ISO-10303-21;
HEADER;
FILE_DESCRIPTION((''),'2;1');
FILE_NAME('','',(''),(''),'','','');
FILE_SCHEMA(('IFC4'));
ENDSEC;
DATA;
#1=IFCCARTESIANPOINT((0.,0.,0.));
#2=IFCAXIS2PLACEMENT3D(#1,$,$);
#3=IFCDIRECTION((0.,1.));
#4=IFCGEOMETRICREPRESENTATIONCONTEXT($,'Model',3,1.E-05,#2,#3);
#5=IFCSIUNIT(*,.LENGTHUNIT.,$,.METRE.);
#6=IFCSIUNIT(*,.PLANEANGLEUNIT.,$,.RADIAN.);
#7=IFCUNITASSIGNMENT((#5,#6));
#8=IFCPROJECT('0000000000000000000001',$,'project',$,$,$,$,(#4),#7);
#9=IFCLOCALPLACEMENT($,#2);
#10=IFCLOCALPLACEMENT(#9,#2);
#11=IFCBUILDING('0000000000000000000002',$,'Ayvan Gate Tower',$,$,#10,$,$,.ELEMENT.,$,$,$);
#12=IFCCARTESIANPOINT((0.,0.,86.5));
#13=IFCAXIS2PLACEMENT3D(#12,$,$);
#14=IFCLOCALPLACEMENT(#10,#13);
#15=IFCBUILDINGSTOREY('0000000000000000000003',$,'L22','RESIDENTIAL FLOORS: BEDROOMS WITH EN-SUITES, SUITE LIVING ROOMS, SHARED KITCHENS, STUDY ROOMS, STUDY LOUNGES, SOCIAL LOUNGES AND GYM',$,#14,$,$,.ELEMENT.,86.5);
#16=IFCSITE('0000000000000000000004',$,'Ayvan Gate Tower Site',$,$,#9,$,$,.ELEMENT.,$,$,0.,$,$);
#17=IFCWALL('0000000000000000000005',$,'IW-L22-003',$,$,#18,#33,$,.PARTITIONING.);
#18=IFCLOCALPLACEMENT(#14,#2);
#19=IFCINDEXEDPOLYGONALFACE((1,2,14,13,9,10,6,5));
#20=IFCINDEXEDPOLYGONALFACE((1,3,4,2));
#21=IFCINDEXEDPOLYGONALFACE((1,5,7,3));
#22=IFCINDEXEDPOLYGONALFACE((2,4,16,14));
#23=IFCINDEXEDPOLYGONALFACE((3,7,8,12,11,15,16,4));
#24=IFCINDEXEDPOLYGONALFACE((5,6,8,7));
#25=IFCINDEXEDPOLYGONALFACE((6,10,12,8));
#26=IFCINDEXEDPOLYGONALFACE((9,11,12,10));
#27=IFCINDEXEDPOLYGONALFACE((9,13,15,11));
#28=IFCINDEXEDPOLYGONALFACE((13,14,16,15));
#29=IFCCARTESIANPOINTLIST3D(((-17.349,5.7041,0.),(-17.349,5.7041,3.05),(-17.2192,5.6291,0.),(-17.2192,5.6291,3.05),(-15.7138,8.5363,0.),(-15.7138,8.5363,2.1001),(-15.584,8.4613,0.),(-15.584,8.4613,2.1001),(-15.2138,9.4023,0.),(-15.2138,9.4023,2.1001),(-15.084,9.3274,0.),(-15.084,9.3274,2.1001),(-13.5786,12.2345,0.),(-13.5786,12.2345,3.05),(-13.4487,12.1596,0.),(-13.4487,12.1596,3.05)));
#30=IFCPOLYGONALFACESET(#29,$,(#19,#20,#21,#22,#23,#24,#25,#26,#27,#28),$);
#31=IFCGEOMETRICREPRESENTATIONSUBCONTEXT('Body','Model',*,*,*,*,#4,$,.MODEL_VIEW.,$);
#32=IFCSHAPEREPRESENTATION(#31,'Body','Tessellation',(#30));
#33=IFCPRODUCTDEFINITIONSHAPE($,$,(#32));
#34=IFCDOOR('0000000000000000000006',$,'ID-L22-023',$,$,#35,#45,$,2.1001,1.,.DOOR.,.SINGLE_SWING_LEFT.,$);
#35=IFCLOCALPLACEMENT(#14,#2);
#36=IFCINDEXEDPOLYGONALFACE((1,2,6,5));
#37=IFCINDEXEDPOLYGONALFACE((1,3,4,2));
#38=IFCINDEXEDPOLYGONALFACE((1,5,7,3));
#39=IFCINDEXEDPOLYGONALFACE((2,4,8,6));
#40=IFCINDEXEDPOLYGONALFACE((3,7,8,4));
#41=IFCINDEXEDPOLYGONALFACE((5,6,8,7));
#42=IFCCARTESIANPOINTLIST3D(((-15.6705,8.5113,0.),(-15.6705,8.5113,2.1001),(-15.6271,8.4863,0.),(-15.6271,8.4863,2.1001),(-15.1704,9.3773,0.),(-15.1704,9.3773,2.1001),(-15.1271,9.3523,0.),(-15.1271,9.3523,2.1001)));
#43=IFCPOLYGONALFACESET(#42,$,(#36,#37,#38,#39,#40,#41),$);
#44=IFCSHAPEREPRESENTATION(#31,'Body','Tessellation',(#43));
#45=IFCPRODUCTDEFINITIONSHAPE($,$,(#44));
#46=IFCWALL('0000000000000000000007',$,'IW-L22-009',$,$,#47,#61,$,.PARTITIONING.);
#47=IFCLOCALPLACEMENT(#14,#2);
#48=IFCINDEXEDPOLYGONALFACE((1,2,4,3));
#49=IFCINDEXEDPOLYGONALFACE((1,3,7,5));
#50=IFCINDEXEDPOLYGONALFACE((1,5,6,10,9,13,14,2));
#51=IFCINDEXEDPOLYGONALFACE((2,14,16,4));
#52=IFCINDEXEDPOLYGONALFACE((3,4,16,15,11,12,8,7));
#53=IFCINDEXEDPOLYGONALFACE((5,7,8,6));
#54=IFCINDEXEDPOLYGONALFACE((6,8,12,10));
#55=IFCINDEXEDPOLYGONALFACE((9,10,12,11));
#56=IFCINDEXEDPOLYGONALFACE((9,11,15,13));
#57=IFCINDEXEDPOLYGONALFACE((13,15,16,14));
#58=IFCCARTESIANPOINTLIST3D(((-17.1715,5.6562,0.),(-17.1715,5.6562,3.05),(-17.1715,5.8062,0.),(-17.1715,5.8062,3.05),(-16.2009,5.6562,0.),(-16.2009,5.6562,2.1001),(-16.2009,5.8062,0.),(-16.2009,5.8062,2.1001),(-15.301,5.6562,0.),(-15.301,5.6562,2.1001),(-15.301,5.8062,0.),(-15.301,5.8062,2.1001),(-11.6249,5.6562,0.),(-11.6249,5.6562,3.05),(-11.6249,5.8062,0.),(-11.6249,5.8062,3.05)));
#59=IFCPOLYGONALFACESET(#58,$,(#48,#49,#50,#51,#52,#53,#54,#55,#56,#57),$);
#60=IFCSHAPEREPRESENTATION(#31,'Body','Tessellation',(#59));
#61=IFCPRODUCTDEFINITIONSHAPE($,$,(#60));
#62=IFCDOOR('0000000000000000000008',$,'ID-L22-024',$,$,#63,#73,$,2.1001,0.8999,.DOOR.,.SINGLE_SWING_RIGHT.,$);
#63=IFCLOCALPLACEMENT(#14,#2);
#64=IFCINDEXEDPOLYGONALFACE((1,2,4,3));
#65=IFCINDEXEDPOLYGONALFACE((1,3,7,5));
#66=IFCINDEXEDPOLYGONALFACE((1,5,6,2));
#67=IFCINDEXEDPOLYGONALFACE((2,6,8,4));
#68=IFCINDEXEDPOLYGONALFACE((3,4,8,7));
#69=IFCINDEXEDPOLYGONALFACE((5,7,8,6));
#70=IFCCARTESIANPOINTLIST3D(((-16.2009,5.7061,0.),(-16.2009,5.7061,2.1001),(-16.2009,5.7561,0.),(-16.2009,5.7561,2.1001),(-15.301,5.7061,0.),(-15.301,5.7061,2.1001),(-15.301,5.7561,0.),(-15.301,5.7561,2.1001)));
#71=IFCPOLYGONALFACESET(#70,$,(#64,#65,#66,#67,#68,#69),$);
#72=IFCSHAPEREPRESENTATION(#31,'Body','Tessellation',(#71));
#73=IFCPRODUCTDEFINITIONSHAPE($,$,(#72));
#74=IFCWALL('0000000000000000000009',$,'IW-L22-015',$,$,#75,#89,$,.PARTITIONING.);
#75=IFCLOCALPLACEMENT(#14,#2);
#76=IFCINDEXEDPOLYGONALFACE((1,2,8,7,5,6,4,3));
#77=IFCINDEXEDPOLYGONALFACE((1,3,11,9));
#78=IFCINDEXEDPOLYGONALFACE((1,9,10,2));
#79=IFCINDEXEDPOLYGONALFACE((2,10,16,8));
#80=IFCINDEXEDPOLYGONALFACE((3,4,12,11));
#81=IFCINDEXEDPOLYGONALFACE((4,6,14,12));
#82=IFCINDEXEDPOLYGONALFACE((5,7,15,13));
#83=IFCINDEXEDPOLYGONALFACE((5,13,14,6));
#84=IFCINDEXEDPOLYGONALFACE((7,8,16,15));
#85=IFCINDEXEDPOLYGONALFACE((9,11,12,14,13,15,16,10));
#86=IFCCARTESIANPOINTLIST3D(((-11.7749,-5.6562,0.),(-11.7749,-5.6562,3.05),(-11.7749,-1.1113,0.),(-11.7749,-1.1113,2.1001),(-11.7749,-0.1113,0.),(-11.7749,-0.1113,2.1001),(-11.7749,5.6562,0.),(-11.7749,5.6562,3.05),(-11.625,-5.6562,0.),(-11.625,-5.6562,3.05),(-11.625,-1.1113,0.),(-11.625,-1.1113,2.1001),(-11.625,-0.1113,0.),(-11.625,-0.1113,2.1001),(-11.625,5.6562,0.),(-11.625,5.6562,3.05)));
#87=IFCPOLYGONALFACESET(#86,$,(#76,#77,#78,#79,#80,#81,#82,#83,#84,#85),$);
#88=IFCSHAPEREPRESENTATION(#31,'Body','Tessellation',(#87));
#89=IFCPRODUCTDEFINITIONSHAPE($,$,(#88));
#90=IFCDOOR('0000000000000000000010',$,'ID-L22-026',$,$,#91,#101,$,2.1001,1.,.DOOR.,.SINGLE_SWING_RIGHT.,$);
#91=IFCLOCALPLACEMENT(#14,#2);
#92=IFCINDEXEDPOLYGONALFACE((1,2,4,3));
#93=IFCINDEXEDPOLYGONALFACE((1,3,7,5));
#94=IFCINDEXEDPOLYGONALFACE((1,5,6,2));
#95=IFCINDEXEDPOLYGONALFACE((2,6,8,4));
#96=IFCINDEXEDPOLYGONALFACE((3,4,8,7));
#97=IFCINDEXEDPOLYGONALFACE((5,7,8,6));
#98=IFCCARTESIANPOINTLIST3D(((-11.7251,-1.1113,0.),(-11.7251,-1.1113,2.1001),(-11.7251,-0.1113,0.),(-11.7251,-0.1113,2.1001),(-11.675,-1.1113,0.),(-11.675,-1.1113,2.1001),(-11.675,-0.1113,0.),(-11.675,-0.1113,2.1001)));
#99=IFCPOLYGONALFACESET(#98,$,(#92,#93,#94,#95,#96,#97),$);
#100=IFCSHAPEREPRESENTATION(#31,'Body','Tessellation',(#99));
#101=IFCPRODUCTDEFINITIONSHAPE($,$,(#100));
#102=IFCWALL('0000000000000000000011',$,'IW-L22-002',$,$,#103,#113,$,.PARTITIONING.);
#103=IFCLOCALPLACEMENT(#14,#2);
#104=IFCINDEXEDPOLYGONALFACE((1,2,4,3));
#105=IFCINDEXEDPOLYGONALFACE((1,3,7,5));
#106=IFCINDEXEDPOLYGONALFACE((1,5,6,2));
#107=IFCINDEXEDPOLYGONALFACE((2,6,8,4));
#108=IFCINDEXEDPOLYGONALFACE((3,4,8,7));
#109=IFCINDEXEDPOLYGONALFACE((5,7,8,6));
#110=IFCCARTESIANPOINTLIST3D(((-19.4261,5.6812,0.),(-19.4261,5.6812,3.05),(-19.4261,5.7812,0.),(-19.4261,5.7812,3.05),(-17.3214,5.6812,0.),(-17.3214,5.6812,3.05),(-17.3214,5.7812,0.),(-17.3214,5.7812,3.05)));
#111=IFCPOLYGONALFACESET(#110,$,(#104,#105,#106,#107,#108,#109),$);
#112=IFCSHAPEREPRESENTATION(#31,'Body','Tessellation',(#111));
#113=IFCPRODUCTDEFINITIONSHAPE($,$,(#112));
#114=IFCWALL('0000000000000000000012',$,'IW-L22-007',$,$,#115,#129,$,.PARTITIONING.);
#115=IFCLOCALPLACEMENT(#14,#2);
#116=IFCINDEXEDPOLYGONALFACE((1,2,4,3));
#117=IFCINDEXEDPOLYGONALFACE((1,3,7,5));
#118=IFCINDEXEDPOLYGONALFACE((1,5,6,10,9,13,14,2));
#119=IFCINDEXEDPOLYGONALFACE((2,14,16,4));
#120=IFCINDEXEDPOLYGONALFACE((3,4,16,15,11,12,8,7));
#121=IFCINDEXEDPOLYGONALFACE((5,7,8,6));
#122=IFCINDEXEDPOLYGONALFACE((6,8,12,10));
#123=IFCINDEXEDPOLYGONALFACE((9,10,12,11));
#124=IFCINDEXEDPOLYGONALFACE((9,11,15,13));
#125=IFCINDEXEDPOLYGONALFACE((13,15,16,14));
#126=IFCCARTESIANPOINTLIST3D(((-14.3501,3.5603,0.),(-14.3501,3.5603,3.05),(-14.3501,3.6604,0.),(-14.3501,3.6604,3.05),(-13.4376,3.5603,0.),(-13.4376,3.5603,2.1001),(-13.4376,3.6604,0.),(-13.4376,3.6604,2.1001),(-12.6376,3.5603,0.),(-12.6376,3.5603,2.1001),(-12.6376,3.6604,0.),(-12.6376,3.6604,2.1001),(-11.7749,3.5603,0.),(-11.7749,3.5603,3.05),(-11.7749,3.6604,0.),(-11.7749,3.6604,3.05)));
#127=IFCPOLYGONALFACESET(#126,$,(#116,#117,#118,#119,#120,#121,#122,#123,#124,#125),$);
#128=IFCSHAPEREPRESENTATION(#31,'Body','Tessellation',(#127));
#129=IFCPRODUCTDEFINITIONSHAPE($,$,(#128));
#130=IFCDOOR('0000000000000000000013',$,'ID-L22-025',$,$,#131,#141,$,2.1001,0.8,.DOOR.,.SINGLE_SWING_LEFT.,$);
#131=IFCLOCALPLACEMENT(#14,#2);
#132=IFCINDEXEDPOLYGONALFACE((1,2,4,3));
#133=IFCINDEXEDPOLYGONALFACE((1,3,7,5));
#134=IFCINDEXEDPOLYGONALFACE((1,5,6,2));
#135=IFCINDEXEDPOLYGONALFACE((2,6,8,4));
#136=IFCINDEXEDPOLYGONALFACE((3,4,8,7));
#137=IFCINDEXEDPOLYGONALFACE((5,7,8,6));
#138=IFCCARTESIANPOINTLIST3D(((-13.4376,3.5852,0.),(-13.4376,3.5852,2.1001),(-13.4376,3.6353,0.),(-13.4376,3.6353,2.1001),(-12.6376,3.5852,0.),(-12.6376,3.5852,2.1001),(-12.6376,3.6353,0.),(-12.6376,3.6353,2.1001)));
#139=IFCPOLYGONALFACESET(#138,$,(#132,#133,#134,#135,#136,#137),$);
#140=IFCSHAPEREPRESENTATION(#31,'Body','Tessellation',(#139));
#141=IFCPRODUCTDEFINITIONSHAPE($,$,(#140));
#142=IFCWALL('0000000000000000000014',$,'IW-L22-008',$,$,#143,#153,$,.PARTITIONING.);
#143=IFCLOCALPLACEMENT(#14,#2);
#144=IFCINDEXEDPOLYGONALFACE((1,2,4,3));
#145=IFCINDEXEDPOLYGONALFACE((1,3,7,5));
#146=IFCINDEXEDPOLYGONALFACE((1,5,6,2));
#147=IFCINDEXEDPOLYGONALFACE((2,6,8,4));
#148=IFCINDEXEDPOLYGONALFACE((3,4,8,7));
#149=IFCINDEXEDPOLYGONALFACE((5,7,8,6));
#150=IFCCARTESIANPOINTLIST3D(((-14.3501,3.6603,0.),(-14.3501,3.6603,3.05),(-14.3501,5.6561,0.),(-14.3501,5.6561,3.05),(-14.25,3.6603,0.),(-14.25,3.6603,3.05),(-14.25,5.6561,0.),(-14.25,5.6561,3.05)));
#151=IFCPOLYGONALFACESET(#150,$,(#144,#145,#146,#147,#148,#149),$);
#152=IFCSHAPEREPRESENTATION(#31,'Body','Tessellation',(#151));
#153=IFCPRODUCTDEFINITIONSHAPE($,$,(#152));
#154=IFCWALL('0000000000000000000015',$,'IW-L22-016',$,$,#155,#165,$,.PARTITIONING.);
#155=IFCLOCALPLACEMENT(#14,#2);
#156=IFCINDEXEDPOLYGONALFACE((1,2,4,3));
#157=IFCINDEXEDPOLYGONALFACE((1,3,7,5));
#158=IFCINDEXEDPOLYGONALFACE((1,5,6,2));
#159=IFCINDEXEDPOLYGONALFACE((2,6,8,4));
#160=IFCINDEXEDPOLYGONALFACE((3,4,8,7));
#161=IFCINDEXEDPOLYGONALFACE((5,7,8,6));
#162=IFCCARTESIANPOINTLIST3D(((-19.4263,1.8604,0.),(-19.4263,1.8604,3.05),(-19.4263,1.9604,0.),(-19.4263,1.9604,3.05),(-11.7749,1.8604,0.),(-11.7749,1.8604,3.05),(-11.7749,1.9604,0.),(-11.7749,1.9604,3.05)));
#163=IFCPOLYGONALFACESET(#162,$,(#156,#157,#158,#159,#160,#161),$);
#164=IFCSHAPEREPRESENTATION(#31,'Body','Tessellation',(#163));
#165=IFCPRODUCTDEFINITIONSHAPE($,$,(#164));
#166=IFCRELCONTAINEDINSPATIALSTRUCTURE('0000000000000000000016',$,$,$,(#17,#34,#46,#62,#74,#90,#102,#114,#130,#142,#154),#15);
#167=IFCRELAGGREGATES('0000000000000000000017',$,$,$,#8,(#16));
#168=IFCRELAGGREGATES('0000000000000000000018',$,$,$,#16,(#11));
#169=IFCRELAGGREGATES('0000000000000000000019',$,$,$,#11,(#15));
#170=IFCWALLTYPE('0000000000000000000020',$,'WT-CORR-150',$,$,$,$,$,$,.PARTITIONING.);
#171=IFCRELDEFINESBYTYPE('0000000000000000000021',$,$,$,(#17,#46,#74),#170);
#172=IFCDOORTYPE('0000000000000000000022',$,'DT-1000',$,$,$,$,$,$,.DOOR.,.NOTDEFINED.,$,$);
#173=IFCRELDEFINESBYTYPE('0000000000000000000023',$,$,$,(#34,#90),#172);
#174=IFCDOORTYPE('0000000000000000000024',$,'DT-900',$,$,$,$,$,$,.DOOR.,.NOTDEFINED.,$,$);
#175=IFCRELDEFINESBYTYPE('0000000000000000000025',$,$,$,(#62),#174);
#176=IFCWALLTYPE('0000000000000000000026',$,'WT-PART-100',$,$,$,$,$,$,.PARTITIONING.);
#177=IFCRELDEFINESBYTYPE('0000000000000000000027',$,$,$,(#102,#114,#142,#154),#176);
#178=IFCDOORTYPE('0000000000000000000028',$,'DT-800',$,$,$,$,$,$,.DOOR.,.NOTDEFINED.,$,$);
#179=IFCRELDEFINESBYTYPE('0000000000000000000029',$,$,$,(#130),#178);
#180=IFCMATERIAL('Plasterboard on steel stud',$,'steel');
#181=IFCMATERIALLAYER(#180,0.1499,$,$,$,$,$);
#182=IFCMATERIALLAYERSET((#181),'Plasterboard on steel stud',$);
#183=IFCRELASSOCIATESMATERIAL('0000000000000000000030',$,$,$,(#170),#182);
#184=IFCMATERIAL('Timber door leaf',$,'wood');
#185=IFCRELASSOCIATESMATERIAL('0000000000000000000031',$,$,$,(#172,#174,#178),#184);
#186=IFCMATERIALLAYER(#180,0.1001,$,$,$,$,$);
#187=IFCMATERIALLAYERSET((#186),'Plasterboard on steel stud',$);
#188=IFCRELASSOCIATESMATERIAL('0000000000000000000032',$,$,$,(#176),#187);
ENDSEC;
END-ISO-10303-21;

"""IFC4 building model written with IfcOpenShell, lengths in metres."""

from ifc_helpers import new_model, si_unit, direction, frame, frame_2d, origin, place, context, subcontext, project, spatial, rectangle, extrude, material, layer, layer_set, type_object, element, fill, save


model = new_model("IFC4")

# Units and contexts
model_context = context("Model", 3, precision=1e-05, world=origin(), true_north=direction((0.0, 1.0)))
body_context = subcontext(model_context, "Body", "Model", "MODEL_VIEW")
ifc_project = project(units=[si_unit("LENGTHUNIT", "METRE"), si_unit("PLANEANGLEUNIT", "RADIAN")], contexts=[model_context])

# Site, building, storey
site_placement = place(None, origin())
site = spatial("IfcSite", under=ifc_project, at=site_placement, Name="Ayvan Gate Tower Site", CompositionType="ELEMENT", RefElevation=0.0)
building_placement = place(site_placement, origin())
building = spatial("IfcBuilding", under=site, at=building_placement, Name="Ayvan Gate Tower", CompositionType="ELEMENT")
storey_placement = place(building_placement, frame((0.0, 0.0, 86.5)))
storey = spatial("IfcBuildingStorey", under=building, at=storey_placement, Name="L22", Description="RESIDENTIAL FLOORS: BEDROOMS WITH EN-SUITES, SUITE LIVING ROOMS, SHARED KITCHENS, STUDY ROOMS, STUDY LOUNGES, SOCIAL LOUNGES AND GYM", CompositionType="ELEMENT", Elevation=86.5)

# Walls, openings, doors
ifc_material_1 = material(Name="Plasterboard on steel stud", Category="steel")
ifc_layer_1 = layer(ifc_material_1, 0.1499)
ifc_layer_set_1 = layer_set([ifc_layer_1], Name="Plasterboard on steel stud")
wall_type_1 = type_object("IfcWallType", Name="WT-CORR-150", PredefinedType="PARTITIONING", material=ifc_layer_set_1)
wall_1_placement = place(storey_placement, frame((-17.2842, 5.6665, 0.0), z_axis=(0.0, 0.0, 1.0), x_axis=(0.500011, 0.866019, 0.0)))
wall_1 = element("IfcWall", 1, at=wall_1_placement, inside=storey, type_object=wall_type_1, Name="IW-L22-003", PredefinedType="PARTITIONING", context=body_context, shape_type="SweptSolid", body=[
    extrude(rectangle(XDim=7.5408, YDim=0.1499, at=frame_2d((3.7705, 0.0))), origin(), (0.0, 0.0, 1.0), 3.05),
])
opening_1_placement = place(wall_1_placement, frame((3.2705, 0.0, 0.0)))
opening_1 = element("IfcOpeningElement", 2, at=opening_1_placement, cuts=wall_1, PredefinedType="OPENING", context=body_context, shape_type="SweptSolid", body=[
    extrude(rectangle(XDim=1.0, YDim=2.1001, at=frame_2d((0.5, 1.05))), frame((0.0, 0.085, 0.0), z_axis=(0.0, -1.0, 0.0), x_axis=(1.0, 0.0, 0.0)), (0.0, 0.0, 1.0), 0.1699),
])
ifc_material_2 = material(Name="Timber door leaf", Category="wood")
door_type_1 = type_object("IfcDoorType", Name="DT-1000", OperationType="NOTDEFINED", PredefinedType="DOOR", material=ifc_material_2)
door_1_placement = place(opening_1_placement, origin())
door_1 = element("IfcDoor", 3, at=door_1_placement, inside=storey, type_object=door_type_1, Name="ID-L22-023", OperationType="SINGLE_SWING_LEFT", OverallHeight=2.1001, OverallWidth=1.0, PredefinedType="DOOR", context=body_context, shape_type="SweptSolid", body=[
    extrude(rectangle(XDim=1.0, YDim=2.1001, at=frame_2d((0.5, 1.05))), frame((0.0, 0.0249, 0.0), z_axis=(0.0, -1.0, 0.0), x_axis=(1.0, 0.0, 0.0)), (0.0, 0.0, 1.0), 0.05),
])
fill(opening_1, door_1)
wall_2_placement = place(storey_placement, frame((-17.1716, 5.7312, 0.0), z_axis=(0.0, 0.0, 1.0), x_axis=(1.0, 0.0, 0.0)))
wall_2 = element("IfcWall", 4, at=wall_2_placement, inside=storey, type_object=wall_type_1, Name="IW-L22-009", PredefinedType="PARTITIONING", context=body_context, shape_type="SweptSolid", body=[
    extrude(rectangle(XDim=5.5466, YDim=0.1499, at=frame_2d((2.7734, 0.0))), origin(), (0.0, 0.0, 1.0), 3.05),
])
opening_2_placement = place(wall_2_placement, frame((0.9707, 0.0, 0.0)))
opening_2 = element("IfcOpeningElement", 5, at=opening_2_placement, cuts=wall_2, PredefinedType="OPENING", context=body_context, shape_type="SweptSolid", body=[
    extrude(rectangle(XDim=0.8999, YDim=2.1001, at=frame_2d((0.45, 1.05))), frame((0.0, 0.085, 0.0), z_axis=(0.0, -1.0, 0.0), x_axis=(1.0, 0.0, 0.0)), (0.0, 0.0, 1.0), 0.1699),
])
door_type_2 = type_object("IfcDoorType", Name="DT-900", OperationType="NOTDEFINED", PredefinedType="DOOR", material=ifc_material_2)
door_2_placement = place(opening_2_placement, origin())
door_2 = element("IfcDoor", 6, at=door_2_placement, inside=storey, type_object=door_type_2, Name="ID-L22-024", OperationType="SINGLE_SWING_RIGHT", OverallHeight=2.1001, OverallWidth=0.8999, PredefinedType="DOOR", context=body_context, shape_type="SweptSolid", body=[
    extrude(rectangle(XDim=0.8999, YDim=2.1001, at=frame_2d((0.45, 1.05))), frame((0.0, 0.0249, 0.0), z_axis=(0.0, -1.0, 0.0), x_axis=(1.0, 0.0, 0.0)), (0.0, 0.0, 1.0), 0.05),
])
fill(opening_2, door_2)
wall_3_placement = place(storey_placement, frame((-11.7, 5.6562, 0.0), z_axis=(0.0, 0.0, 1.0), x_axis=(0.0, -1.0, 0.0)))
wall_3 = element("IfcWall", 7, at=wall_3_placement, inside=storey, type_object=wall_type_1, Name="IW-L22-015", PredefinedType="PARTITIONING", context=body_context, shape_type="SweptSolid", body=[
    extrude(rectangle(XDim=11.3125, YDim=0.1499, at=frame_2d((5.6562, 0.0))), origin(), (0.0, 0.0, 1.0), 3.05),
])
opening_3_placement = place(wall_3_placement, frame((5.7676, 0.0, 0.0)))
opening_3 = element("IfcOpeningElement", 8, at=opening_3_placement, cuts=wall_3, PredefinedType="OPENING", context=body_context, shape_type="SweptSolid", body=[
    extrude(rectangle(XDim=1.0, YDim=2.1001, at=frame_2d((0.5, 1.05))), frame((0.0, 0.085, 0.0), z_axis=(0.0, -1.0, 0.0), x_axis=(1.0, 0.0, 0.0)), (0.0, 0.0, 1.0), 0.1699),
])
door_3_placement = place(opening_3_placement, origin())
door_3 = element("IfcDoor", 9, at=door_3_placement, inside=storey, type_object=door_type_1, Name="ID-L22-026", OperationType="SINGLE_SWING_RIGHT", OverallHeight=2.1001, OverallWidth=1.0, PredefinedType="DOOR", context=body_context, shape_type="SweptSolid", body=[
    extrude(rectangle(XDim=1.0, YDim=2.1001, at=frame_2d((0.5, 1.05))), frame((0.0, 0.0249, 0.0), z_axis=(0.0, -1.0, 0.0), x_axis=(1.0, 0.0, 0.0)), (0.0, 0.0, 1.0), 0.05),
])
fill(opening_3, door_3)

# Wall
ifc_layer_2 = layer(ifc_material_1, 0.1001)
ifc_layer_set_2 = layer_set([ifc_layer_2], Name="Plasterboard on steel stud")
wall_type_2 = type_object("IfcWallType", Name="WT-PART-100", PredefinedType="PARTITIONING", material=ifc_layer_set_2)
wall_4_placement = place(storey_placement, frame((-17.3215, 5.7312, 0.0), z_axis=(0.0, 0.0, 1.0), x_axis=(-1.0, 0.0, 0.0)))
element("IfcWall", 10, at=wall_4_placement, inside=storey, type_object=wall_type_2, Name="IW-L22-002", PredefinedType="PARTITIONING", context=body_context, shape_type="SweptSolid", body=[
    extrude(rectangle(XDim=2.1047, YDim=0.1001, at=frame_2d((1.0522, 0.0))), origin(), (0.0, 0.0, 1.0), 3.05),
])

# Wall, opening, door
wall_5_placement = place(storey_placement, frame((-14.3501, 3.6104, 0.0), z_axis=(0.0, 0.0, 1.0), x_axis=(1.0, 0.0, 0.0)))
wall_5 = element("IfcWall", 11, at=wall_5_placement, inside=storey, type_object=wall_type_2, Name="IW-L22-007", PredefinedType="PARTITIONING", context=body_context, shape_type="SweptSolid", body=[
    extrude(rectangle(XDim=2.5752, YDim=0.1001, at=frame_2d((1.2876, 0.0))), origin(), (0.0, 0.0, 1.0), 3.05),
])
opening_4_placement = place(wall_5_placement, frame((0.9126, 0.0, 0.0)))
opening_4 = element("IfcOpeningElement", 12, at=opening_4_placement, cuts=wall_5, PredefinedType="OPENING", context=body_context, shape_type="SweptSolid", body=[
    extrude(rectangle(XDim=0.8, YDim=2.1001, at=frame_2d((0.3999, 1.05))), frame((0.0, 0.0601, 0.0), z_axis=(0.0, -1.0, 0.0), x_axis=(1.0, 0.0, 0.0)), (0.0, 0.0, 1.0), 0.1201),
])
door_type_3 = type_object("IfcDoorType", Name="DT-800", OperationType="NOTDEFINED", PredefinedType="DOOR", material=ifc_material_2)
door_4_placement = place(opening_4_placement, origin())
door_4 = element("IfcDoor", 13, at=door_4_placement, inside=storey, type_object=door_type_3, Name="ID-L22-025", OperationType="SINGLE_SWING_LEFT", OverallHeight=2.1001, OverallWidth=0.8, PredefinedType="DOOR", context=body_context, shape_type="SweptSolid", body=[
    extrude(rectangle(XDim=0.8, YDim=2.1001, at=frame_2d((0.3999, 1.05))), frame((0.0, 0.0249, 0.0), z_axis=(0.0, -1.0, 0.0), x_axis=(1.0, 0.0, 0.0)), (0.0, 0.0, 1.0), 0.05),
])
fill(opening_4, door_4)

# Walls
wall_6_placement = place(storey_placement, frame((-14.3, 5.6562, 0.0), z_axis=(0.0, 0.0, 1.0), x_axis=(0.0, -1.0, 0.0)))
element("IfcWall", 14, at=wall_6_placement, inside=storey, type_object=wall_type_2, Name="IW-L22-008", PredefinedType="PARTITIONING", context=body_context, shape_type="SweptSolid", body=[
    extrude(rectangle(XDim=1.9958, YDim=0.1001, at=frame_2d((0.998, 0.0))), origin(), (0.0, 0.0, 1.0), 3.05),
])
wall_7_placement = place(storey_placement, frame((-11.7749, 1.9104, 0.0), z_axis=(0.0, 0.0, 1.0), x_axis=(-1.0, 0.0, 0.0)))
element("IfcWall", 15, at=wall_7_placement, inside=storey, type_object=wall_type_2, Name="IW-L22-016", PredefinedType="PARTITIONING", context=body_context, shape_type="SweptSolid", body=[
    extrude(rectangle(XDim=7.6514, YDim=0.1001, at=frame_2d((3.8257, 0.0))), origin(), (0.0, 0.0, 1.0), 3.05),
])

save(model, "model.ifc")
